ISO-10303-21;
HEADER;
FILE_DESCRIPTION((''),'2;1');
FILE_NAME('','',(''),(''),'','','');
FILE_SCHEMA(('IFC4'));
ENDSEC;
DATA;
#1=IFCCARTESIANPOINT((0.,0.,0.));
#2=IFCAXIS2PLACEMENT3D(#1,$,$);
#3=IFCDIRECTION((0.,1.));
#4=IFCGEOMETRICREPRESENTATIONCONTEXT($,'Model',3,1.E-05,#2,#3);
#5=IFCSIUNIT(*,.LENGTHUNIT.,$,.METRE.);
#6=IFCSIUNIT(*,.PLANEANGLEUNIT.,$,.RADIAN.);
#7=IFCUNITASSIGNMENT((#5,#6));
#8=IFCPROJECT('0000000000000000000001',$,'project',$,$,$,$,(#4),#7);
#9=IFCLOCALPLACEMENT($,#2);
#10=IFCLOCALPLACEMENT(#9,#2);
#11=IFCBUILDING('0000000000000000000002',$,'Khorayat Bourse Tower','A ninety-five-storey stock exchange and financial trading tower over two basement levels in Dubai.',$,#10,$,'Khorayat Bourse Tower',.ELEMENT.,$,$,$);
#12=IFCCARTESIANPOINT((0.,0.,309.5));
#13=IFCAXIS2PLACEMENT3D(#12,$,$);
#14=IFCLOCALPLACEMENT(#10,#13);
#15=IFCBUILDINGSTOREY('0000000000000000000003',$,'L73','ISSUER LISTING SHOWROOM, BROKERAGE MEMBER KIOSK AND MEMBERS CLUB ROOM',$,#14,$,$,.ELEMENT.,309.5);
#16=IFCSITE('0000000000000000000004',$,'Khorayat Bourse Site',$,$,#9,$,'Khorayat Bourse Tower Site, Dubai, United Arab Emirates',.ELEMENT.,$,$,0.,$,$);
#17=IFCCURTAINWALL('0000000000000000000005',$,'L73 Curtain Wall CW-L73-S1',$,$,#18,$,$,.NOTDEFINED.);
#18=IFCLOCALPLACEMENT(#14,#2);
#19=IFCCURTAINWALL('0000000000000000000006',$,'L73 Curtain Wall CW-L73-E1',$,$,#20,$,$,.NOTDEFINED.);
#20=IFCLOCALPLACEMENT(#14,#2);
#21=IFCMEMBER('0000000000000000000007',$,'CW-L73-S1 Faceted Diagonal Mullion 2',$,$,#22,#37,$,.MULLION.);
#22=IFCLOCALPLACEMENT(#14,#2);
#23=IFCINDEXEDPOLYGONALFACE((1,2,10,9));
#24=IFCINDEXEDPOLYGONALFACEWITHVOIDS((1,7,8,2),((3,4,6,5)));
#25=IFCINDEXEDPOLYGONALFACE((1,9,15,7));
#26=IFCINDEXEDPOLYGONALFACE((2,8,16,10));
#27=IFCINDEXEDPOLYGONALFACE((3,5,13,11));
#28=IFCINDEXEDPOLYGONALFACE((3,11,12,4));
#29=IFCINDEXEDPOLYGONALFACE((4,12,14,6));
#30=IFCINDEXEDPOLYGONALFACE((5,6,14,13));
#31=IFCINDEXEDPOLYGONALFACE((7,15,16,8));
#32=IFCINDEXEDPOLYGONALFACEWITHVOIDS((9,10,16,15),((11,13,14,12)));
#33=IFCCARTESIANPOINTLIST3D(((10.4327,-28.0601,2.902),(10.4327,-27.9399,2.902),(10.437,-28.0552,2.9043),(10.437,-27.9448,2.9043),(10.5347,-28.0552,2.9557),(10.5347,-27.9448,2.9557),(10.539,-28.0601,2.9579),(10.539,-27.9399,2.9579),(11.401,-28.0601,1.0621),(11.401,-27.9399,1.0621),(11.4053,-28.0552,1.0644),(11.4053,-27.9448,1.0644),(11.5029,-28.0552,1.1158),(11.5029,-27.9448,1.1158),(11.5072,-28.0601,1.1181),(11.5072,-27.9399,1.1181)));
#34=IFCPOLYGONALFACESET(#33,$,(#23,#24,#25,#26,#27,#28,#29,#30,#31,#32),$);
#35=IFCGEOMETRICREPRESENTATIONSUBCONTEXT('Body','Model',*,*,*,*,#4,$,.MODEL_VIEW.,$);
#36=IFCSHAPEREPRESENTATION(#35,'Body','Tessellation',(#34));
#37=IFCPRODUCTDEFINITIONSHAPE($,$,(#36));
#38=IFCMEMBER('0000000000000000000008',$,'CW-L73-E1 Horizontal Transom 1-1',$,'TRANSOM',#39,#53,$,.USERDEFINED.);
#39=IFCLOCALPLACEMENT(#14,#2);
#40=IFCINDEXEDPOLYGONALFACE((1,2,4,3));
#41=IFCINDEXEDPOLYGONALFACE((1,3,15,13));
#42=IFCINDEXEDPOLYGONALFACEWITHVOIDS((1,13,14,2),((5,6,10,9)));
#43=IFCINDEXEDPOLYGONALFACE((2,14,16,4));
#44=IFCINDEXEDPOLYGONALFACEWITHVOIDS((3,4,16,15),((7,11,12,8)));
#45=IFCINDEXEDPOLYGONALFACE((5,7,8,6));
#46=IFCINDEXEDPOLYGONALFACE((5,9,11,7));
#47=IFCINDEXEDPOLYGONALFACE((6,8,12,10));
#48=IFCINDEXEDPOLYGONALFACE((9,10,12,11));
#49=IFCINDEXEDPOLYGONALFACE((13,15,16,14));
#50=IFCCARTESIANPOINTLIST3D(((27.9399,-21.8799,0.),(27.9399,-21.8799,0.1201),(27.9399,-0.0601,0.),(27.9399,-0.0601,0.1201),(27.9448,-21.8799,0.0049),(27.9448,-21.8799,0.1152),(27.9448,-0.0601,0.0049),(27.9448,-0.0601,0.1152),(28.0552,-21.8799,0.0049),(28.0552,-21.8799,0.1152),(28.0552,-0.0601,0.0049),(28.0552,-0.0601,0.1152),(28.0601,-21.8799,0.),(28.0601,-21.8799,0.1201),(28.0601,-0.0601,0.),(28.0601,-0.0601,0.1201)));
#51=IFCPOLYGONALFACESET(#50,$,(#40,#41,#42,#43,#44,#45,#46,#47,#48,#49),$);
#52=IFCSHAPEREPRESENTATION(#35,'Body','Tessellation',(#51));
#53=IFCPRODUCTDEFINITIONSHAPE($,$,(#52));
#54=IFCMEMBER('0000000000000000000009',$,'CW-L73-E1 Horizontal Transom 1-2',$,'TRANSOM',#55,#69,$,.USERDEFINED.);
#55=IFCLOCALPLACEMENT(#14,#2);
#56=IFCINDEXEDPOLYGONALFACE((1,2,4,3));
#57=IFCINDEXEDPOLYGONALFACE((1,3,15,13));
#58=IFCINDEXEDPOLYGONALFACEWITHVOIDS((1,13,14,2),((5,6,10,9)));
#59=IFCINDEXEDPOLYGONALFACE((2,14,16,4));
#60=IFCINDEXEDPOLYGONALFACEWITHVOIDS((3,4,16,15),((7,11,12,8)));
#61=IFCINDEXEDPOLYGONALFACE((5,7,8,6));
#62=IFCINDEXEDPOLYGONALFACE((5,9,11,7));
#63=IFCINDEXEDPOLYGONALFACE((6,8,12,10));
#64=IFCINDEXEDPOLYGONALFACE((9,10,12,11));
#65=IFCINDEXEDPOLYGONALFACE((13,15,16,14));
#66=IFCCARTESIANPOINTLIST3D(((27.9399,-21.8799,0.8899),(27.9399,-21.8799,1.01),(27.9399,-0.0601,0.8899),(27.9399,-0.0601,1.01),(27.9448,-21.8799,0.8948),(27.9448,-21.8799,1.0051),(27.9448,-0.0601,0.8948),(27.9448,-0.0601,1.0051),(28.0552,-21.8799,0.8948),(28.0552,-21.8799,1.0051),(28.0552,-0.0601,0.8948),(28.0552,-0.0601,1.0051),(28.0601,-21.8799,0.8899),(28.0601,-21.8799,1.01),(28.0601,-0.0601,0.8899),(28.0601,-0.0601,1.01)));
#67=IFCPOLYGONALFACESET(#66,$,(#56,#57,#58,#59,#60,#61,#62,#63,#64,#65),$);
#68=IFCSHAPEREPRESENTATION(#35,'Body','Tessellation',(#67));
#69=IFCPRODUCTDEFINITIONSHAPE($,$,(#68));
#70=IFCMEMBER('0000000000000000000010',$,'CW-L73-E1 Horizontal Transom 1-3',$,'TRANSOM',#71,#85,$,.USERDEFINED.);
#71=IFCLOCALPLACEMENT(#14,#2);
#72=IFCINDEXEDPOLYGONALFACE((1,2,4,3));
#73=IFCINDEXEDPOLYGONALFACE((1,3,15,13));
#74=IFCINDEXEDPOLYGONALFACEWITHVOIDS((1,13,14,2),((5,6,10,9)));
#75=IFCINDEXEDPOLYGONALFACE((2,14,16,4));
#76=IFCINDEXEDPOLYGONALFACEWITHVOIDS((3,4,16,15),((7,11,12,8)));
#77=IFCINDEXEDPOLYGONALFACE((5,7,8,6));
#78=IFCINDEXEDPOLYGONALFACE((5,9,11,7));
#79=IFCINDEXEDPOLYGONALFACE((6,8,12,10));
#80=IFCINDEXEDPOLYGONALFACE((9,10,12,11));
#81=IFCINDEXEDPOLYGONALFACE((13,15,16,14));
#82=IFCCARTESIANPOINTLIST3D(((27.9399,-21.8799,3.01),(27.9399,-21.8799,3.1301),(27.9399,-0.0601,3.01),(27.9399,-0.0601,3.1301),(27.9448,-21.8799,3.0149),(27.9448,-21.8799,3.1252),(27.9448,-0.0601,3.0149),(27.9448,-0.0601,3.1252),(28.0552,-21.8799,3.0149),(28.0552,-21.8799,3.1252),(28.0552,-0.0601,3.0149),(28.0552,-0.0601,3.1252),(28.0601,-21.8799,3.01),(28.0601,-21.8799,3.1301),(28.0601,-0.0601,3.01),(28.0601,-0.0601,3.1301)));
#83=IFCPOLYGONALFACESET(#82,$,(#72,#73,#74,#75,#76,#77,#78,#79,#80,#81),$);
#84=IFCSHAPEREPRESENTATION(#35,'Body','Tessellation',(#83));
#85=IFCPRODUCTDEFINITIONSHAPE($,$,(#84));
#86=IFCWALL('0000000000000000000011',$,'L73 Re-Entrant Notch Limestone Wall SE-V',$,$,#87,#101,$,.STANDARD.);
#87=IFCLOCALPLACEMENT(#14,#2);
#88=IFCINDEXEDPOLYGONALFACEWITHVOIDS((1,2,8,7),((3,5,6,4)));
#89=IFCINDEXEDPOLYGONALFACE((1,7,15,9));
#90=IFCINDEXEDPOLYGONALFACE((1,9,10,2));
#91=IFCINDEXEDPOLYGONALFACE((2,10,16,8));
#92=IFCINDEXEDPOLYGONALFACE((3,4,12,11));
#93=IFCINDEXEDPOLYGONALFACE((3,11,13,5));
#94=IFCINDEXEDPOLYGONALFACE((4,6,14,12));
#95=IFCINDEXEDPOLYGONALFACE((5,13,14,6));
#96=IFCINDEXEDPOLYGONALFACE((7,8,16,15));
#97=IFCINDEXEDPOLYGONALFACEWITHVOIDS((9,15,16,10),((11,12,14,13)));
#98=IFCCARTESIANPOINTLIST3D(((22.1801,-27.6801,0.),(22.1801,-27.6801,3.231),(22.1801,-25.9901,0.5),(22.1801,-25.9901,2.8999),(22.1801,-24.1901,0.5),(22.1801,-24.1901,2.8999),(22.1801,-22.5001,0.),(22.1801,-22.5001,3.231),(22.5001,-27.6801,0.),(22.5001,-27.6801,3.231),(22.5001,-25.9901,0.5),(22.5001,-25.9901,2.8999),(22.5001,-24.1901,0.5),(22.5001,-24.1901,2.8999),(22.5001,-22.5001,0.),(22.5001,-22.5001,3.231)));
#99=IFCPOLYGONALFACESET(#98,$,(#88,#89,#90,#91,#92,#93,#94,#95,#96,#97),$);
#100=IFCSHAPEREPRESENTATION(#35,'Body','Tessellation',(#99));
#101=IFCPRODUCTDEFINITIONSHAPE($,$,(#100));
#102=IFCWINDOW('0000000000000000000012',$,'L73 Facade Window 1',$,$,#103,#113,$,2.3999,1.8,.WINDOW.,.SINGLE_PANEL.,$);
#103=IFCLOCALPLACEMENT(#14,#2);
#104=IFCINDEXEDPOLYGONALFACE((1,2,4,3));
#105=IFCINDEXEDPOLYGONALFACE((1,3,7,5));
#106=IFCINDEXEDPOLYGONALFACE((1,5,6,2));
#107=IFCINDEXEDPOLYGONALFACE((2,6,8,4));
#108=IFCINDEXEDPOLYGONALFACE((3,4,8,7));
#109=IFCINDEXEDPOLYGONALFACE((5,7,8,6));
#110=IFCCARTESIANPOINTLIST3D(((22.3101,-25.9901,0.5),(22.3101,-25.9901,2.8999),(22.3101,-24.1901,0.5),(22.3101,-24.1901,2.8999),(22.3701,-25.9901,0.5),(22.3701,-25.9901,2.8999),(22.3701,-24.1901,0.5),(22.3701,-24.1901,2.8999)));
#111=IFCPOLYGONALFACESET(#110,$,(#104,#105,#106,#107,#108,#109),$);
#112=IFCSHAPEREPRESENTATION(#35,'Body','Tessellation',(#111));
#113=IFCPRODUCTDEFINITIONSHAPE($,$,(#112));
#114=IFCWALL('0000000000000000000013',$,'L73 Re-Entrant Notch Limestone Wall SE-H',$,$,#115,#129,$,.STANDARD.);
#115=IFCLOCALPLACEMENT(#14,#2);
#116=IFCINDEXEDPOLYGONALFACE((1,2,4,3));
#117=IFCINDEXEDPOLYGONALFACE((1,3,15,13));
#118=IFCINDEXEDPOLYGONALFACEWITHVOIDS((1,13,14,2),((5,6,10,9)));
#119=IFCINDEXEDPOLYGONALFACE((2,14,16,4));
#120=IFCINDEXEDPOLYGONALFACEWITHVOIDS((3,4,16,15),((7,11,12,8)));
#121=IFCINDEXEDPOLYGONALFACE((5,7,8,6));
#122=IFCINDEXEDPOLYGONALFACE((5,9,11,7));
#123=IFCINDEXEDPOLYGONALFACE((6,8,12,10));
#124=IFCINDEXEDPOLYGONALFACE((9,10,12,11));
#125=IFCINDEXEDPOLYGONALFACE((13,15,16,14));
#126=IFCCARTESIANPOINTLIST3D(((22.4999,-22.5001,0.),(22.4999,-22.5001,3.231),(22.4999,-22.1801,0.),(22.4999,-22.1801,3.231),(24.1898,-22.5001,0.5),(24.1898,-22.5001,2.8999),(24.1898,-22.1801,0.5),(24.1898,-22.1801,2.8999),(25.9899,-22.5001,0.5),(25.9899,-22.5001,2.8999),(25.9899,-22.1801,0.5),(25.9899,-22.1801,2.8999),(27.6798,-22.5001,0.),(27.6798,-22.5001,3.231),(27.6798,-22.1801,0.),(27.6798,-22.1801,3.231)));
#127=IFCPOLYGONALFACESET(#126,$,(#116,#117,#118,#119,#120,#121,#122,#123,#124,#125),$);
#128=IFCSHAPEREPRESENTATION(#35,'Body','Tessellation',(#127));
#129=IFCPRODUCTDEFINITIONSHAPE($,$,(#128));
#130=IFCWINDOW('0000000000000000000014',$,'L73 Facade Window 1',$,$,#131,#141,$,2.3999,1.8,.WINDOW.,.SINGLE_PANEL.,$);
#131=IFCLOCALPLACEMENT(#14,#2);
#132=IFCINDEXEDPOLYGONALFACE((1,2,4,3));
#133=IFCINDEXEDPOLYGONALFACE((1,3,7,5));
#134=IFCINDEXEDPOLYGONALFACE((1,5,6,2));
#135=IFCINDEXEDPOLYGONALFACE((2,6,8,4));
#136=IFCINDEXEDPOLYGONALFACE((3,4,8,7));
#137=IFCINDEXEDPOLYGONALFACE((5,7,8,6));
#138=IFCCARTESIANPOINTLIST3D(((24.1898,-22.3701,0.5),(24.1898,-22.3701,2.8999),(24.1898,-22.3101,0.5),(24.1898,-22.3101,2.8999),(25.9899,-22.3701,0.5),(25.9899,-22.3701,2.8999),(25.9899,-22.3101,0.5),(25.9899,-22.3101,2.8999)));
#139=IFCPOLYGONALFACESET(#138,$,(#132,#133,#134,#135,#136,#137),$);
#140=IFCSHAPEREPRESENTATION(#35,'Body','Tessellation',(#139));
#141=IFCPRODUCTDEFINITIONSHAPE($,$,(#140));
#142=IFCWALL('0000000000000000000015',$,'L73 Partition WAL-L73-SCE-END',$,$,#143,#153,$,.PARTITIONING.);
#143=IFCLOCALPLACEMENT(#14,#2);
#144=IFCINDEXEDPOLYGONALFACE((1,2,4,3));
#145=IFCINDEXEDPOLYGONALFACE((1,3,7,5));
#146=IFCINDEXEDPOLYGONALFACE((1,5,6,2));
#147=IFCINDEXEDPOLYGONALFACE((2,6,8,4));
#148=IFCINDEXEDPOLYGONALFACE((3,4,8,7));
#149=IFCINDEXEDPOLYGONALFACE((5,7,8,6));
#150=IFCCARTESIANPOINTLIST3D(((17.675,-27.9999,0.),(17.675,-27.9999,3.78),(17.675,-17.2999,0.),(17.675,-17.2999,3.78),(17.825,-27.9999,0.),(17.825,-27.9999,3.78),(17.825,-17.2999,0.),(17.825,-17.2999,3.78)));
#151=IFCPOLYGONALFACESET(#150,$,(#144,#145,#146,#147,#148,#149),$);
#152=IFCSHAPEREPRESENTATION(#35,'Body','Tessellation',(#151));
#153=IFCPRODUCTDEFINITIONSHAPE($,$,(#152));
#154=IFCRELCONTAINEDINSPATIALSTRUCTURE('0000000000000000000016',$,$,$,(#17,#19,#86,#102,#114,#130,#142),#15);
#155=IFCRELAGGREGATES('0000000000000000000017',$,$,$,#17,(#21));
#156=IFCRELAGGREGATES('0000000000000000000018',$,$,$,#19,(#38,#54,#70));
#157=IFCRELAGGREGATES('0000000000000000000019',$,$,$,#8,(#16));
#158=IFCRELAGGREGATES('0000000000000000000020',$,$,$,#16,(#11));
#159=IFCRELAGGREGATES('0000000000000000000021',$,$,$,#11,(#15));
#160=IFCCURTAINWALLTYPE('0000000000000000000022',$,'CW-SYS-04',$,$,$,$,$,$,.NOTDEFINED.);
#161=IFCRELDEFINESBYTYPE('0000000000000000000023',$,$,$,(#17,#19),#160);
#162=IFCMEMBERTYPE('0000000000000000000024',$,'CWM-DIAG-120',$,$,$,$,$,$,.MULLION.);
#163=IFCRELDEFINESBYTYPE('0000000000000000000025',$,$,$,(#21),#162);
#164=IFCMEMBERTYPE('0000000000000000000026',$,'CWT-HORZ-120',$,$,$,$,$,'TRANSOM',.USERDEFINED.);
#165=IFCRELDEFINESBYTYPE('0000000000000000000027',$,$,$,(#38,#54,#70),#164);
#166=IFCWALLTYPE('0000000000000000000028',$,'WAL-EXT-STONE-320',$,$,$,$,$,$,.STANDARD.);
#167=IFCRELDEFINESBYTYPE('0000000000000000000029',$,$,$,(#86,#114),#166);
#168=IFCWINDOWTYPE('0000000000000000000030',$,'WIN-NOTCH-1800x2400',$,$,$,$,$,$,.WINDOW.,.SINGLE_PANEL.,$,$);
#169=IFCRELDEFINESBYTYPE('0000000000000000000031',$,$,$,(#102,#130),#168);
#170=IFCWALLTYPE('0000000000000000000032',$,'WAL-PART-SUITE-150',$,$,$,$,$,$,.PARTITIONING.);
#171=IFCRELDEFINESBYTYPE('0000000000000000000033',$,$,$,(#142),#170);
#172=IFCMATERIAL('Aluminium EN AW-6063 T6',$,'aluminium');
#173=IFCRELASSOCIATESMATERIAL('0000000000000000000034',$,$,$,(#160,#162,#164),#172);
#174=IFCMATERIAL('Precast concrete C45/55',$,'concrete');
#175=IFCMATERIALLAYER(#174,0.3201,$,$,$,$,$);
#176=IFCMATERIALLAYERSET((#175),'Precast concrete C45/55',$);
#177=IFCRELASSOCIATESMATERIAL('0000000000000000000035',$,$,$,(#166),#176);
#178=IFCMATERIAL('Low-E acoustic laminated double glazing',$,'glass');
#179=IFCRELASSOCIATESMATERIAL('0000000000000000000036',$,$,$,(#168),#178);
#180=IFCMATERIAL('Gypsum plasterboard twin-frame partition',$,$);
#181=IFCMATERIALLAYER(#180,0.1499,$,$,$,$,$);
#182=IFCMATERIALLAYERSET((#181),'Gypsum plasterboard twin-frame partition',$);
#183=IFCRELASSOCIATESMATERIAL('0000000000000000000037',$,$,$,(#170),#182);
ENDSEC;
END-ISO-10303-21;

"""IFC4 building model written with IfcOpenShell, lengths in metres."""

from ifc_helpers import new_model, si_unit, direction, frame, frame_2d, origin, origin_2d, place, context, subcontext, project, spatial, rectangle, hollow_rectangle, extrude, source, transform, mapped, material, layer, layer_set, material_profile, profile_set, type_object, element, fill, aggregate, save


model = new_model("IFC4")

# Units and contexts
model_context = context("Model", 3, precision=1e-05, world=origin(), true_north=direction((0.0, 1.0)))
body_context = subcontext(model_context, "Body", "Model", "MODEL_VIEW")
ifc_project = project(units=[si_unit("LENGTHUNIT", "METRE"), si_unit("PLANEANGLEUNIT", "RADIAN")], contexts=[model_context])

# Site, building, storey
site_placement = place(None, origin())
site = spatial("IfcSite", under=ifc_project, at=site_placement, Name="Khorayat Bourse Site", LongName="Khorayat Bourse Tower Site, Dubai, United Arab Emirates", CompositionType="ELEMENT", RefElevation=0.0)
building_placement = place(site_placement, origin())
building = spatial("IfcBuilding", under=site, at=building_placement, Name="Khorayat Bourse Tower", Description="A ninety-five-storey stock exchange and financial trading tower over two basement levels in Dubai.", LongName="Khorayat Bourse Tower", CompositionType="ELEMENT")
storey_placement = place(building_placement, frame((0.0, 0.0, 309.5)))
storey = spatial("IfcBuildingStorey", under=building, at=storey_placement, Name="L73", Description="ISSUER LISTING SHOWROOM, BROKERAGE MEMBER KIOSK AND MEMBERS CLUB ROOM", CompositionType="ELEMENT", Elevation=309.5)

# Curtain walls
ifc_material_1 = material(Name="Aluminium EN AW-6063 T6", Category="aluminium")
curtain_wall_type = type_object("IfcCurtainWallType", Name="CW-SYS-04", PredefinedType="NOTDEFINED", material=ifc_material_1)
curtain_wall_1_placement = place(storey_placement, origin())
curtain_wall_1 = element("IfcCurtainWall", 1, at=curtain_wall_1_placement, inside=storey, type_object=curtain_wall_type, Name="L73 Curtain Wall CW-L73-S1", PredefinedType="NOTDEFINED")
curtain_wall_2_placement = place(storey_placement, origin())
curtain_wall_2 = element("IfcCurtainWall", 2, at=curtain_wall_2_placement, inside=storey, type_object=curtain_wall_type, Name="L73 Curtain Wall CW-L73-E1", PredefinedType="NOTDEFINED")

# Members
ifc_material_profile_1 = material_profile(ifc_material_1, hollow_rectangle(XDim=0.1201, YDim=0.1201, WallThickness=0.0049, at=origin_2d()), Name="ALU 120x120x5")
ifc_profile_set_1 = profile_set([ifc_material_profile_1], Name="Aluminium EN AW-6063 T6")
member_type_1 = type_object("IfcMemberType", Name="CWM-DIAG-120", PredefinedType="MULLION", material=ifc_profile_set_1)
shared_shape_1 = source(origin(), body_context, "Body", "SweptSolid", [
    extrude(hollow_rectangle(XDim=0.1201, YDim=0.1201, WallThickness=0.0049, at=origin_2d()), origin(), (0.0, 0.0, 1.0), 2.0791),
])
member_1_placement = place(storey_placement, frame((11.4541, -28.0, 1.0901), z_axis=(-0.465717, 0.0, 0.884934), x_axis=(0.0, -1.0, 0.0)))
member_1 = element("IfcMember", 3, at=member_1_placement, type_object=member_type_1, Name="CW-L73-S1 Faceted Diagonal Mullion 2", PredefinedType="MULLION", context=body_context, shape_type="MappedRepresentation", body=[
    mapped(shared_shape_1, transform((0.0, 0.0, 0.0), scale=1.0)),
])
aggregate(curtain_wall_1, [member_1])
ifc_material_profile_2 = material_profile(ifc_material_1, hollow_rectangle(XDim=0.1201, YDim=0.1201, WallThickness=0.0049, at=origin_2d()), Name="ALU 120x120x5")
ifc_profile_set_2 = profile_set([ifc_material_profile_2], Name="Aluminium EN AW-6063 T6")
member_type_2 = type_object("IfcMemberType", Name="CWT-HORZ-120", ElementType="TRANSOM", PredefinedType="USERDEFINED", material=ifc_profile_set_2)
shared_shape_2 = source(origin(), body_context, "Body", "SweptSolid", [
    extrude(hollow_rectangle(XDim=0.1201, YDim=0.1201, WallThickness=0.0049, at=origin_2d()), origin(), (0.0, 0.0, 1.0), 21.8198),
])
member_2_placement = place(storey_placement, frame((28.0, -21.8799, 0.0601), z_axis=(0.0, 1.0, 0.0), x_axis=(-1.0, 0.0, 0.0)))
member_2 = element("IfcMember", 4, at=member_2_placement, type_object=member_type_2, Name="CW-L73-E1 Horizontal Transom 1-1", ObjectType="TRANSOM", PredefinedType="USERDEFINED", context=body_context, shape_type="MappedRepresentation", body=[
    mapped(shared_shape_2, transform((0.0, 0.0, 0.0), scale=1.0)),
])
member_3_placement = place(storey_placement, frame((28.0, -21.8799, 0.95), z_axis=(0.0, 1.0, 0.0), x_axis=(-1.0, 0.0, 0.0)))
member_3 = element("IfcMember", 5, at=member_3_placement, type_object=member_type_2, Name="CW-L73-E1 Horizontal Transom 1-2", ObjectType="TRANSOM", PredefinedType="USERDEFINED", context=body_context, shape_type="MappedRepresentation", body=[
    mapped(shared_shape_2, transform((0.0, 0.0, 0.0), scale=1.0)),
])
member_4_placement = place(storey_placement, frame((28.0, -21.8799, 3.0701), z_axis=(0.0, 1.0, 0.0), x_axis=(-1.0, 0.0, 0.0)))
member_4 = element("IfcMember", 6, at=member_4_placement, type_object=member_type_2, Name="CW-L73-E1 Horizontal Transom 1-3", ObjectType="TRANSOM", PredefinedType="USERDEFINED", context=body_context, shape_type="MappedRepresentation", body=[
    mapped(shared_shape_2, transform((0.0, 0.0, 0.0), scale=1.0)),
])
aggregate(curtain_wall_2, [member_2, member_3, member_4])

# Walls, openings, windows
ifc_material_2 = material(Name="Precast concrete C45/55", Category="concrete")
ifc_layer_1 = layer(ifc_material_2, 0.3201)
ifc_layer_set_1 = layer_set([ifc_layer_1], Name="Precast concrete C45/55")
wall_type_1 = type_object("IfcWallType", Name="WAL-EXT-STONE-320", PredefinedType="STANDARD", material=ifc_layer_set_1)
shared_shape_3 = source(origin(), body_context, "Body", "SweptSolid", [
    extrude(rectangle(XDim=5.1799, YDim=0.3201, at=frame_2d((2.5898, 0.0))), origin(), (0.0, 0.0, 1.0), 3.231),
])
wall_1_placement = place(storey_placement, frame((22.3401, -27.6799, 0.0), z_axis=(0.0, 0.0, 1.0), x_axis=(0.0, 1.0, 0.0)))
wall_1 = element("IfcWall", 7, at=wall_1_placement, inside=storey, type_object=wall_type_1, Name="L73 Re-Entrant Notch Limestone Wall SE-V", PredefinedType="STANDARD", context=body_context, shape_type="MappedRepresentation", body=[
    mapped(shared_shape_3, transform((0.0, 0.0, 0.0), scale=1.0)),
])
shared_shape_4 = source(origin(), body_context, "Body", "SweptSolid", [
    extrude(rectangle(XDim=1.8, YDim=2.3999, at=frame_2d((0.8999, 1.2))), frame((0.0, 0.1699, 0.0), z_axis=(0.0, -1.0, 0.0), x_axis=(1.0, 0.0, 0.0)), (0.0, 0.0, 1.0), 0.3401),
])
opening_1_placement = place(wall_1_placement, frame((1.6899, 0.0, 0.5)))
opening_1 = element("IfcOpeningElement", 8, at=opening_1_placement, cuts=wall_1, PredefinedType="OPENING", context=body_context, shape_type="MappedRepresentation", body=[
    mapped(shared_shape_4, transform((0.0, 0.0, 0.0), scale=1.0)),
])
ifc_material_3 = material(Name="Low-E acoustic laminated double glazing", Category="glass")
window_type = type_object("IfcWindowType", Name="WIN-NOTCH-1800x2400", PartitioningType="SINGLE_PANEL", PredefinedType="WINDOW", material=ifc_material_3)
shared_shape_5 = source(origin(), body_context, "Body", "SweptSolid", [
    extrude(rectangle(XDim=1.8, YDim=2.3999, at=frame_2d((0.8999, 1.2))), frame((0.0, 0.03, 0.0), z_axis=(0.0, -1.0, 0.0), x_axis=(1.0, 0.0, 0.0)), (0.0, 0.0, 1.0), 0.0601),
])
window_1_placement = place(opening_1_placement, origin())
window_1 = element("IfcWindow", 9, at=window_1_placement, inside=storey, type_object=window_type, Name="L73 Facade Window 1", OverallHeight=2.3999, OverallWidth=1.8, PartitioningType="SINGLE_PANEL", PredefinedType="WINDOW", context=body_context, shape_type="MappedRepresentation", body=[
    mapped(shared_shape_5, transform((0.0, 0.0, 0.0), scale=1.0)),
])
fill(opening_1, window_1)
wall_2_placement = place(storey_placement, frame((22.5, -22.3401, 0.0), z_axis=(0.0, 0.0, 1.0), x_axis=(1.0, 0.0, 0.0)))
wall_2 = element("IfcWall", 10, at=wall_2_placement, inside=storey, type_object=wall_type_1, Name="L73 Re-Entrant Notch Limestone Wall SE-H", PredefinedType="STANDARD", context=body_context, shape_type="MappedRepresentation", body=[
    mapped(shared_shape_3, transform((0.0, 0.0, 0.0), scale=1.0)),
])
opening_2_placement = place(wall_2_placement, frame((1.6899, 0.0, 0.5)))
opening_2 = element("IfcOpeningElement", 11, at=opening_2_placement, cuts=wall_2, PredefinedType="OPENING", context=body_context, shape_type="MappedRepresentation", body=[
    mapped(shared_shape_4, transform((0.0, 0.0, 0.0), scale=1.0)),
])
window_2_placement = place(opening_2_placement, origin())
window_2 = element("IfcWindow", 12, at=window_2_placement, inside=storey, type_object=window_type, Name="L73 Facade Window 1", OverallHeight=2.3999, OverallWidth=1.8, PartitioningType="SINGLE_PANEL", PredefinedType="WINDOW", context=body_context, shape_type="MappedRepresentation", body=[
    mapped(shared_shape_5, transform((0.0, 0.0, 0.0), scale=1.0)),
])
fill(opening_2, window_2)

# Wall
ifc_material_4 = material(Name="Gypsum plasterboard twin-frame partition")
ifc_layer_2 = layer(ifc_material_4, 0.1499)
ifc_layer_set_2 = layer_set([ifc_layer_2], Name="Gypsum plasterboard twin-frame partition")
wall_type_2 = type_object("IfcWallType", Name="WAL-PART-SUITE-150", PredefinedType="PARTITIONING", material=ifc_layer_set_2)
shared_shape_6 = source(origin(), body_context, "Body", "SweptSolid", [
    extrude(rectangle(XDim=10.7, YDim=0.1499, at=frame_2d((5.3501, 0.0))), origin(), (0.0, 0.0, 1.0), 3.78),
])
wall_3_placement = place(storey_placement, frame((17.75, -28.0, 0.0), z_axis=(0.0, 0.0, 1.0), x_axis=(0.0, 1.0, 0.0)))
element("IfcWall", 13, at=wall_3_placement, inside=storey, type_object=wall_type_2, Name="L73 Partition WAL-L73-SCE-END", PredefinedType="PARTITIONING", context=body_context, shape_type="MappedRepresentation", body=[
    mapped(shared_shape_6, transform((0.0, 0.0, 0.0), scale=1.0)),
])

save(model, "model.ifc")
